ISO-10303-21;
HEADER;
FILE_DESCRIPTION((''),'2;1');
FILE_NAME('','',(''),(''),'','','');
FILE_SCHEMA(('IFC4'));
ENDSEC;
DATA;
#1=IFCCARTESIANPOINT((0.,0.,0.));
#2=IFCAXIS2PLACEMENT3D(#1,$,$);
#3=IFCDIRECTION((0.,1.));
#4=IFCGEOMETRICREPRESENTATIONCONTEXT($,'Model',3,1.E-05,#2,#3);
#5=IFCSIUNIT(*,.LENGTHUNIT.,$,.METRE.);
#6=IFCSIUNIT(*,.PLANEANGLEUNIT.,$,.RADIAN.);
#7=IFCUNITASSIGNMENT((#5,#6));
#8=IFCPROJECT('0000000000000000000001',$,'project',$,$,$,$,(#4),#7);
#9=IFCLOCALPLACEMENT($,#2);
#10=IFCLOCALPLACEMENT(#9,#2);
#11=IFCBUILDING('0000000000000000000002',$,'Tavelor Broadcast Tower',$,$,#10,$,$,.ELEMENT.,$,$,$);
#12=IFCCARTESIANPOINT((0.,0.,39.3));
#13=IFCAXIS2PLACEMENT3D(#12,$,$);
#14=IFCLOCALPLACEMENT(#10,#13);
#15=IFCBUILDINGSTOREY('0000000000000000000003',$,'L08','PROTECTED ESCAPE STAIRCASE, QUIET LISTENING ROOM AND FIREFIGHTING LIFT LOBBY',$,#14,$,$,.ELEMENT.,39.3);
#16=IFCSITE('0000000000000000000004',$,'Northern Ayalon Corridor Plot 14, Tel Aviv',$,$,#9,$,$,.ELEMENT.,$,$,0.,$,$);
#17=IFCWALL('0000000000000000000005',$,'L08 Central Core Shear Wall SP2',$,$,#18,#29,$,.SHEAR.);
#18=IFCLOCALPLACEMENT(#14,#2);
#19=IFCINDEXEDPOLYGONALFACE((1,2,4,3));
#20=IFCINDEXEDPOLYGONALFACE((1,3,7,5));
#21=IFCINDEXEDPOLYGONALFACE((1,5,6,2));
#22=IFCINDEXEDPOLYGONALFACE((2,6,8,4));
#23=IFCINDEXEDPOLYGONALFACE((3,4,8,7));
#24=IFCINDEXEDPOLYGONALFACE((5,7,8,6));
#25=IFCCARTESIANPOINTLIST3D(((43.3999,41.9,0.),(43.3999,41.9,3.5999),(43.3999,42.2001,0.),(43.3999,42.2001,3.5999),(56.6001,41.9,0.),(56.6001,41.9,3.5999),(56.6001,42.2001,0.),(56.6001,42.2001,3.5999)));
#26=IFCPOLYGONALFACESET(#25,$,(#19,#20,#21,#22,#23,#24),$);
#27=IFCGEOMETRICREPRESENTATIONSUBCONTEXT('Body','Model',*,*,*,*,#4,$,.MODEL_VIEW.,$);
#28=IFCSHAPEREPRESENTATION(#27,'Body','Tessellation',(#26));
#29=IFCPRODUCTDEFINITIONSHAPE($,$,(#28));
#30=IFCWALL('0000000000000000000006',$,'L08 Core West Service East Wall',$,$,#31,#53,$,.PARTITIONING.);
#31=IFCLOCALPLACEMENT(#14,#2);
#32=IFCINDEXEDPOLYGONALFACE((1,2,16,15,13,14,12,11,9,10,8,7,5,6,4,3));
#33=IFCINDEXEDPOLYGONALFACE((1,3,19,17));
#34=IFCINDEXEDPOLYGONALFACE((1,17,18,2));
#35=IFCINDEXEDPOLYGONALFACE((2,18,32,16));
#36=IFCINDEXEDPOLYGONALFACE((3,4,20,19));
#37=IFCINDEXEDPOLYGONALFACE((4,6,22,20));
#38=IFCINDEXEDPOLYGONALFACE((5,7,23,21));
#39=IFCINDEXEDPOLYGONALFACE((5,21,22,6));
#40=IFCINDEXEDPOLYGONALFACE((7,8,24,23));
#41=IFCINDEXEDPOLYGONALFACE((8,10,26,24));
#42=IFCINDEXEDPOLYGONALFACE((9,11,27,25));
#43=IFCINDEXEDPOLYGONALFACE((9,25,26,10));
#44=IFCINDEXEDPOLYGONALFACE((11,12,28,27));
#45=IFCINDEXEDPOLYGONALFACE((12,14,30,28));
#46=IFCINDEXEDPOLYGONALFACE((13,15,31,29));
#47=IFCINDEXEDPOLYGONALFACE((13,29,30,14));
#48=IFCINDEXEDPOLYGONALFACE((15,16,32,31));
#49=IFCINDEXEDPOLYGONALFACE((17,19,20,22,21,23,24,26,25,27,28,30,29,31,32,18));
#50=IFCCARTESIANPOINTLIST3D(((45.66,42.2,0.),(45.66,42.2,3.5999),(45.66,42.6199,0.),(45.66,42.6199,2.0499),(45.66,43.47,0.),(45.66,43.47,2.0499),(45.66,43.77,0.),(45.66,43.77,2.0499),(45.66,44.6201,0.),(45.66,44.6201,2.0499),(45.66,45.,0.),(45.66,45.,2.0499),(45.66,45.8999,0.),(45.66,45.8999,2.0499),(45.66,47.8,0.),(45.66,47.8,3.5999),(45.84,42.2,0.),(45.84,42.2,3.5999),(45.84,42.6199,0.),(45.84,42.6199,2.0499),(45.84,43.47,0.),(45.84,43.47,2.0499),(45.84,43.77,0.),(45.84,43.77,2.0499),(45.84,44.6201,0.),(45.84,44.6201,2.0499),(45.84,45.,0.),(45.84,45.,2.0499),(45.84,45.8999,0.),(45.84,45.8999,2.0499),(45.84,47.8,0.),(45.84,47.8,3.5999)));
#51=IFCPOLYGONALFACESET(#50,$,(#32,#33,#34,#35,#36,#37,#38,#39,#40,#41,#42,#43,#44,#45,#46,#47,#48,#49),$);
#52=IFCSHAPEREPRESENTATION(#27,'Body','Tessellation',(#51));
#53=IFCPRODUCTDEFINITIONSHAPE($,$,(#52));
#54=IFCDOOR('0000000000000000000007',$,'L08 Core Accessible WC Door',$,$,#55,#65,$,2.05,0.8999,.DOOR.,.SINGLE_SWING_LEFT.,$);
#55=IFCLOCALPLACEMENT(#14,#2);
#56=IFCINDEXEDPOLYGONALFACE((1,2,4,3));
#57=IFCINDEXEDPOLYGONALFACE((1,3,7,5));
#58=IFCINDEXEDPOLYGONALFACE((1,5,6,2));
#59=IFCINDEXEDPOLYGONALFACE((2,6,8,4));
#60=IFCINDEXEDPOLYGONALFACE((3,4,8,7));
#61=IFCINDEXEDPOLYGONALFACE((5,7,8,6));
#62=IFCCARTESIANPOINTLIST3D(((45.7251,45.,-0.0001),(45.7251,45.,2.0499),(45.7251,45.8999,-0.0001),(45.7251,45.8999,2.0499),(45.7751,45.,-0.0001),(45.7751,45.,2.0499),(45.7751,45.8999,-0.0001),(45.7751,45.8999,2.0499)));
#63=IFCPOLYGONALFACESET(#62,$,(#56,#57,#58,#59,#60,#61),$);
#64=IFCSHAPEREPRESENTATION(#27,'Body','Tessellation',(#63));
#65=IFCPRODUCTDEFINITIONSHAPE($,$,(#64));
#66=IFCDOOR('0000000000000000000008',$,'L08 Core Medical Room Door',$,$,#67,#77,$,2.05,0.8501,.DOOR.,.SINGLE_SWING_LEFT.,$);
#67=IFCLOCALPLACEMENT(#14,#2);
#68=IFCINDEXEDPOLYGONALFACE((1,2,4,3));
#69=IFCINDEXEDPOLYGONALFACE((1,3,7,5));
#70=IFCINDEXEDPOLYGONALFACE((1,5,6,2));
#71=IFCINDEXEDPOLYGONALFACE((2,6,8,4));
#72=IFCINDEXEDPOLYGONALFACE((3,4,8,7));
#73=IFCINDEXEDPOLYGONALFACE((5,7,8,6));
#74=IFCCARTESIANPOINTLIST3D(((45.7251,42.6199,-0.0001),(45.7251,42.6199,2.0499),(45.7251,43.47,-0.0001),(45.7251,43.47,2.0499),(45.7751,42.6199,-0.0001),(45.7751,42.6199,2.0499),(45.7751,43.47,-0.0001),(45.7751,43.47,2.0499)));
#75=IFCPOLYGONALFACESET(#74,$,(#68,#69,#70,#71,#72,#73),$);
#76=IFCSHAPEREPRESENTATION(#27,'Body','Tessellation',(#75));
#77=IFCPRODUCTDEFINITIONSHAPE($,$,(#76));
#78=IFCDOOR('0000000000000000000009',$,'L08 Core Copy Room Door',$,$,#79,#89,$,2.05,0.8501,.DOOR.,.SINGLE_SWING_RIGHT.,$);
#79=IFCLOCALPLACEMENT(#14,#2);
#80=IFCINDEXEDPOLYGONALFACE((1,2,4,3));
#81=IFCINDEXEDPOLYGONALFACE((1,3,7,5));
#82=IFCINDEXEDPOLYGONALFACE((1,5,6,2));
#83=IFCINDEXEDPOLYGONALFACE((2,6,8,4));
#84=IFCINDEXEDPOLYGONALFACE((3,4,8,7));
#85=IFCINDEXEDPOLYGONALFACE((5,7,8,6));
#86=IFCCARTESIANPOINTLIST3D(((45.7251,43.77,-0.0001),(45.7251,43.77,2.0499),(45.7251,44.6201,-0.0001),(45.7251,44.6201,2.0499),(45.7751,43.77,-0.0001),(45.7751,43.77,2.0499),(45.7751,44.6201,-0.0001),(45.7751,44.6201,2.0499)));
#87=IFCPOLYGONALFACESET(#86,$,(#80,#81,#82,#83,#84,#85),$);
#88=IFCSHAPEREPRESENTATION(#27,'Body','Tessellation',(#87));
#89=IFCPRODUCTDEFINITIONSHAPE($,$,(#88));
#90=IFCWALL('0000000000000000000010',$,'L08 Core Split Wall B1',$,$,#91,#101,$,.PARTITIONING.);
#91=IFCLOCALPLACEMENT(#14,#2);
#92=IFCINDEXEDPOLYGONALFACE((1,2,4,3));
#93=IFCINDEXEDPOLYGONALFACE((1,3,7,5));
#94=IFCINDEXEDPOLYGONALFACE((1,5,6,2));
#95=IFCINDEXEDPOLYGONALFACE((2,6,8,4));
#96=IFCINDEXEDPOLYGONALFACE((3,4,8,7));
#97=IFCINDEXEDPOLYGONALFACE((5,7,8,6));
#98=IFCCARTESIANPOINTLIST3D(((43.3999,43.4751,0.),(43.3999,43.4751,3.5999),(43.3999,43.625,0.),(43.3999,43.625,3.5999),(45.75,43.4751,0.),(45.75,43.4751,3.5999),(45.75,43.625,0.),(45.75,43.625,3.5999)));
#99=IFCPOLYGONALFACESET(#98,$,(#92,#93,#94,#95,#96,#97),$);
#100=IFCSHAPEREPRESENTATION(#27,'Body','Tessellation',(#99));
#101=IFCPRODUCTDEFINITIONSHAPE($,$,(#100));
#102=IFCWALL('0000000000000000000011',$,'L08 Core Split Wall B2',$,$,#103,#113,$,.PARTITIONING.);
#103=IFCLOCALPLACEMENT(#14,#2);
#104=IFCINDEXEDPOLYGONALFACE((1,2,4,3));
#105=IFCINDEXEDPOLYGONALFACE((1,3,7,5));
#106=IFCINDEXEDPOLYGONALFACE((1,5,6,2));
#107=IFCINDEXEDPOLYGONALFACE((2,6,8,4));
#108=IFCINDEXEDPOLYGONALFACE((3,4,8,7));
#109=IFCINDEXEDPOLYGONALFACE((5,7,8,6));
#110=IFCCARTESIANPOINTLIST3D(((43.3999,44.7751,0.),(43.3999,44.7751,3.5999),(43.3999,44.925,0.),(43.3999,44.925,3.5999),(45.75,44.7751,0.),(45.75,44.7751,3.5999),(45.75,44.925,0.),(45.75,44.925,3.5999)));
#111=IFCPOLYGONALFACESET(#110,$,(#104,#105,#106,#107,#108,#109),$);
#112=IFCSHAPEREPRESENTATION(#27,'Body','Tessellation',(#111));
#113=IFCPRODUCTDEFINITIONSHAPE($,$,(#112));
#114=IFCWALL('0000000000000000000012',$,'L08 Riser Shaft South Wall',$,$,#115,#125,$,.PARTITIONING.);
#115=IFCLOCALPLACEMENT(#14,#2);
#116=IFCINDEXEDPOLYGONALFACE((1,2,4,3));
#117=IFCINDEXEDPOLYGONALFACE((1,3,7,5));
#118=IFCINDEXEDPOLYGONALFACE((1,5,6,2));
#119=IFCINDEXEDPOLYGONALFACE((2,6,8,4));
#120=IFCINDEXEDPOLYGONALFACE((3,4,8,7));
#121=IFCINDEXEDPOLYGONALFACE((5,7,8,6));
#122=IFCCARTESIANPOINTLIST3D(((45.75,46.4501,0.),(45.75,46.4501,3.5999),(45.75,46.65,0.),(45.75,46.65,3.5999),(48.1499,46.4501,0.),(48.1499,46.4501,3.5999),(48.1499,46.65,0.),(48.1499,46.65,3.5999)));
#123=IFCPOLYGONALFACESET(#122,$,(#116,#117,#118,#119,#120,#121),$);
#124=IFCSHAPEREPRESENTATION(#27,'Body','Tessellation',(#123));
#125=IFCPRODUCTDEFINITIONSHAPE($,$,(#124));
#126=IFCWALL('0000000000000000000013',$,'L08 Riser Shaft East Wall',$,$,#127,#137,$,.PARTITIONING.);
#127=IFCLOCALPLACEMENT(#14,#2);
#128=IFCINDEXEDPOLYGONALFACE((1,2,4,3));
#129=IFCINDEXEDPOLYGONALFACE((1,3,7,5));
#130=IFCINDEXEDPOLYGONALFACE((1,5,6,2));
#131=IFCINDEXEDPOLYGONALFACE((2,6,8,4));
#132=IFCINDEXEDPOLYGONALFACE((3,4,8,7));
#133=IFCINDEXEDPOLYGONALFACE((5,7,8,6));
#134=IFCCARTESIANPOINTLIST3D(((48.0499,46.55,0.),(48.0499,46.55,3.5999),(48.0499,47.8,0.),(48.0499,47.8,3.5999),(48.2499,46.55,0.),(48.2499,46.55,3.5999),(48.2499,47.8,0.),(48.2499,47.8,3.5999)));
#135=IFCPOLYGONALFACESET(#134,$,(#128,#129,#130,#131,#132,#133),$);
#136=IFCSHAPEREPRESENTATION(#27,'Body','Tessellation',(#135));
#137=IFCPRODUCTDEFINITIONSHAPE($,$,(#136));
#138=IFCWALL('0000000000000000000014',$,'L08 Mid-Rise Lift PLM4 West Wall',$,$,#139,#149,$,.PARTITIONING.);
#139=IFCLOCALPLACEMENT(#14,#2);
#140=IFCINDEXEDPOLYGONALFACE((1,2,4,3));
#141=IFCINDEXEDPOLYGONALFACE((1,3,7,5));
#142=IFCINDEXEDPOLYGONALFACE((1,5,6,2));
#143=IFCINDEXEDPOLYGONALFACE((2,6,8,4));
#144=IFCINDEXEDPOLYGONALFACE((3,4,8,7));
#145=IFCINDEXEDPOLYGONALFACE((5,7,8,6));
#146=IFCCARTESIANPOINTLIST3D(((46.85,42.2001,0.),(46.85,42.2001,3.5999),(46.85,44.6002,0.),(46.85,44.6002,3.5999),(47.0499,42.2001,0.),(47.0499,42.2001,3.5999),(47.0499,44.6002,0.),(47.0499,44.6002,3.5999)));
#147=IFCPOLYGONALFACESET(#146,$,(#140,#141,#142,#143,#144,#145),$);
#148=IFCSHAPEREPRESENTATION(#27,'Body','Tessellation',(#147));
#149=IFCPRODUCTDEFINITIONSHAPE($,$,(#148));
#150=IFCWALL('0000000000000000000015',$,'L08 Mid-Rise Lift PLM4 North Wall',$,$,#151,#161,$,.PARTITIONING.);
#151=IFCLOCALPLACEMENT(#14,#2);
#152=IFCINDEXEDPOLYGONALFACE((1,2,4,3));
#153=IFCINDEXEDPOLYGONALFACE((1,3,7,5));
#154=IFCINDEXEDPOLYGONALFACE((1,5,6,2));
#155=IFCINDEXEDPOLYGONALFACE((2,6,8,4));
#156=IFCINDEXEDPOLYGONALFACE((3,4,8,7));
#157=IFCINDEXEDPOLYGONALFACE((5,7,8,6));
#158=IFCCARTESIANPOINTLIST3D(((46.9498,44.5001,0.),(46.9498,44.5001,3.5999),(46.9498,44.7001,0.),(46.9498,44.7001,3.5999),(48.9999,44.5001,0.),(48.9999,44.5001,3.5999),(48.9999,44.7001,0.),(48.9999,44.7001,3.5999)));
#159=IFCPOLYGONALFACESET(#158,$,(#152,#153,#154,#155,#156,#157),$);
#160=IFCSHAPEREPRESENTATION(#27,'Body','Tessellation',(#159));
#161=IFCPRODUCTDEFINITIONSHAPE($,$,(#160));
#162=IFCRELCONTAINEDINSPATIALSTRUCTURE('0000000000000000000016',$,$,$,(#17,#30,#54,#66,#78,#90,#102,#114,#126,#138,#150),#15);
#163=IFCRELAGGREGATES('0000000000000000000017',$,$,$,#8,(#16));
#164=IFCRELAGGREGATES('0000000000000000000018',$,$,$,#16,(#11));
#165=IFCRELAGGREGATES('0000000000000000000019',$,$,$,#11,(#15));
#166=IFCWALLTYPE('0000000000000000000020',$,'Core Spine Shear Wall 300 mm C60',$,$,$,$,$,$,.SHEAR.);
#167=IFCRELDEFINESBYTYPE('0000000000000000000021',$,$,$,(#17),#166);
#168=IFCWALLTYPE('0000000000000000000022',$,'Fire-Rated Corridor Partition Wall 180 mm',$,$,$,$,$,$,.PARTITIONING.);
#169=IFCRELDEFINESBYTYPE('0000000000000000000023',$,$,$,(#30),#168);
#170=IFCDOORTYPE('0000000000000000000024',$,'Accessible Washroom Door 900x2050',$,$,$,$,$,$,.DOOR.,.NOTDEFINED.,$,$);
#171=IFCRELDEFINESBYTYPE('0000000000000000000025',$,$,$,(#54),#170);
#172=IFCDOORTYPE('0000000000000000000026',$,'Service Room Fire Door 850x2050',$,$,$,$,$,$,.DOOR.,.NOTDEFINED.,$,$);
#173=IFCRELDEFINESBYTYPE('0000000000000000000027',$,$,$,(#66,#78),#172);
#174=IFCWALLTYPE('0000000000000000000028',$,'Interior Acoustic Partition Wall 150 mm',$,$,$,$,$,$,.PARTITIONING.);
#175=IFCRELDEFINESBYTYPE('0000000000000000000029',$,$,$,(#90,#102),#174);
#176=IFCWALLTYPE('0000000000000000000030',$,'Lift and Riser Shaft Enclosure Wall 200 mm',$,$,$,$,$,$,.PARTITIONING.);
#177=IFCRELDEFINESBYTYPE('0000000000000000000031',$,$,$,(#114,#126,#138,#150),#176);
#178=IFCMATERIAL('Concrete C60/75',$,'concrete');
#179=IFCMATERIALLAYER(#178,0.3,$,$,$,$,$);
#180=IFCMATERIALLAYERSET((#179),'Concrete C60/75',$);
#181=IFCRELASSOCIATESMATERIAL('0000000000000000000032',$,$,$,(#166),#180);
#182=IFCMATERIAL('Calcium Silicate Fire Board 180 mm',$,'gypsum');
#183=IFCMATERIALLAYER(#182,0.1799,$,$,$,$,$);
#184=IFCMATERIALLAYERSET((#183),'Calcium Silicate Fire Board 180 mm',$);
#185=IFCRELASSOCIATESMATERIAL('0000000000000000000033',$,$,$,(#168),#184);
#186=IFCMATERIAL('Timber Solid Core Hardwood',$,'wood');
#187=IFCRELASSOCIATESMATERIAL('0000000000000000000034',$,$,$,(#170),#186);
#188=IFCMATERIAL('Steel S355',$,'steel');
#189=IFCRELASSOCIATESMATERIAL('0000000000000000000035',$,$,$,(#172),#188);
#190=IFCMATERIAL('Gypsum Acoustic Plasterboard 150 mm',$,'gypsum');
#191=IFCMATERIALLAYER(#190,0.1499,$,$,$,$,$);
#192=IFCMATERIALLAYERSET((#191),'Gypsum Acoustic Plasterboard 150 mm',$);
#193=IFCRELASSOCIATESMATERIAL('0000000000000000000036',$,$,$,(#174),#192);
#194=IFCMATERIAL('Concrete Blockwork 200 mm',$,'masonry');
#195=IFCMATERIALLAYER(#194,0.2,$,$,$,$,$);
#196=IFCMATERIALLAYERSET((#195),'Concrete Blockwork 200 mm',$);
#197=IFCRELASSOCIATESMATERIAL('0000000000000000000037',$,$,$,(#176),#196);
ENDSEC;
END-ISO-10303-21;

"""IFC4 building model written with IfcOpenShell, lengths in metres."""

from ifc_helpers import new_model, si_unit, direction, frame, frame_2d, origin, place, context, subcontext, project, spatial, rectangle, extrude, material, layer, layer_set, type_object, element, fill, save


model = new_model("IFC4")

# Units and contexts
model_context = context("Model", 3, precision=1e-05, world=origin(), true_north=direction((0.0, 1.0)))
body_context = subcontext(model_context, "Body", "Model", "MODEL_VIEW")
ifc_project = project(units=[si_unit("LENGTHUNIT", "METRE"), si_unit("PLANEANGLEUNIT", "RADIAN")], contexts=[model_context])

# Site, building, storey
site_placement = place(None, origin())
site = spatial("IfcSite", under=ifc_project, at=site_placement, Name="Northern Ayalon Corridor Plot 14, Tel Aviv", CompositionType="ELEMENT", RefElevation=0.0)
building_placement = place(site_placement, origin())
building = spatial("IfcBuilding", under=site, at=building_placement, Name="Tavelor Broadcast Tower", CompositionType="ELEMENT")
storey_placement = place(building_placement, frame((0.0, 0.0, 39.3)))
storey = spatial("IfcBuildingStorey", under=building, at=storey_placement, Name="L08", Description="PROTECTED ESCAPE STAIRCASE, QUIET LISTENING ROOM AND FIREFIGHTING LIFT LOBBY", CompositionType="ELEMENT", Elevation=39.3)

# Shared definitions
ifc_material_1 = material(Name="Concrete C60/75", Category="concrete")

# Shared definitions
ifc_material_2 = material(Name="Steel S355", Category="steel")

# Shared definitions
ifc_layer_1 = layer(ifc_material_1, 0.3)
ifc_layer_set_1 = layer_set([ifc_layer_1], Name="Concrete C60/75")
wall_type_1 = type_object("IfcWallType", Name="Core Spine Shear Wall 300 mm C60", PredefinedType="SHEAR", material=ifc_layer_set_1)

# Wall
wall_1_placement = place(storey_placement, frame((43.3999, 42.05, 0.0), z_axis=(0.0, 0.0, 1.0), x_axis=(1.0, 0.0, 0.0)))
element("IfcWall", 1, at=wall_1_placement, inside=storey, type_object=wall_type_1, Name="L08 Central Core Shear Wall SP2", PredefinedType="SHEAR", context=body_context, shape_type="SweptSolid", body=[
    extrude(rectangle(XDim=13.2002, YDim=0.3, at=frame_2d((6.6001, 0.0))), origin(), (0.0, 0.0, 1.0), 3.5999),
])

# Wall, openings, doors
ifc_material_3 = material(Name="Calcium Silicate Fire Board 180 mm", Category="gypsum")
ifc_layer_2 = layer(ifc_material_3, 0.1799)
ifc_layer_set_2 = layer_set([ifc_layer_2], Name="Calcium Silicate Fire Board 180 mm")
wall_type_2 = type_object("IfcWallType", Name="Fire-Rated Corridor Partition Wall 180 mm", PredefinedType="PARTITIONING", material=ifc_layer_set_2)
wall_2_placement = place(storey_placement, frame((45.75, 42.2, 0.0), z_axis=(0.0, 0.0, 1.0), x_axis=(0.0, 1.0, 0.0)))
wall_2 = element("IfcWall", 2, at=wall_2_placement, inside=storey, type_object=wall_type_2, Name="L08 Core West Service East Wall", PredefinedType="PARTITIONING", context=body_context, shape_type="SweptSolid", body=[
    extrude(rectangle(XDim=5.6001, YDim=0.1799, at=frame_2d((2.8, 0.0))), origin(), (0.0, 0.0, 1.0), 3.5999),
])
opening_1_placement = place(wall_2_placement, frame((0.4199, 0.0, 0.0)))
opening_1 = element("IfcOpeningElement", 3, at=opening_1_placement, cuts=wall_2, PredefinedType="OPENING", context=body_context, shape_type="SweptSolid", body=[
    extrude(rectangle(XDim=0.8501, YDim=2.05, at=frame_2d((0.425, 1.0249))), frame((0.0, 0.1001, 0.0), z_axis=(0.0, -1.0, 0.0), x_axis=(1.0, 0.0, 0.0)), (0.0, 0.0, 1.0), 0.2),
])
opening_2_placement = place(wall_2_placement, frame((1.5701, 0.0, 0.0)))
opening_2 = element("IfcOpeningElement", 4, at=opening_2_placement, cuts=wall_2, PredefinedType="OPENING", context=body_context, shape_type="SweptSolid", body=[
    extrude(rectangle(XDim=0.8501, YDim=2.05, at=frame_2d((0.425, 1.0249))), frame((0.0, 0.1001, 0.0), z_axis=(0.0, -1.0, 0.0), x_axis=(1.0, 0.0, 0.0)), (0.0, 0.0, 1.0), 0.2),
])
opening_3_placement = place(wall_2_placement, frame((2.8, 0.0, 0.0)))
opening_3 = element("IfcOpeningElement", 5, at=opening_3_placement, cuts=wall_2, PredefinedType="OPENING", context=body_context, shape_type="SweptSolid", body=[
    extrude(rectangle(XDim=0.8999, YDim=2.05, at=frame_2d((0.45, 1.0249))), frame((0.0, 0.1001, 0.0), z_axis=(0.0, -1.0, 0.0), x_axis=(1.0, 0.0, 0.0)), (0.0, 0.0, 1.0), 0.2),
])
ifc_material_4 = material(Name="Timber Solid Core Hardwood", Category="wood")
door_type_1 = type_object("IfcDoorType", Name="Accessible Washroom Door 900x2050", OperationType="NOTDEFINED", PredefinedType="DOOR", material=ifc_material_4)
door_1_placement = place(opening_3_placement, origin())
door_1 = element("IfcDoor", 6, at=door_1_placement, inside=storey, type_object=door_type_1, Name="L08 Core Accessible WC Door", OperationType="SINGLE_SWING_LEFT", OverallHeight=2.05, OverallWidth=0.8999, PredefinedType="DOOR", context=body_context, shape_type="SweptSolid", body=[
    extrude(rectangle(XDim=0.8999, YDim=2.05, at=frame_2d((0.45, 1.0249))), frame((0.0, 0.0249, 0.0), z_axis=(0.0, -1.0, 0.0), x_axis=(1.0, 0.0, 0.0)), (0.0, 0.0, 1.0), 0.05),
])
fill(opening_3, door_1)
door_type_2 = type_object("IfcDoorType", Name="Service Room Fire Door 850x2050", OperationType="NOTDEFINED", PredefinedType="DOOR", material=ifc_material_2)
door_2_placement = place(opening_1_placement, origin())
door_2 = element("IfcDoor", 7, at=door_2_placement, inside=storey, type_object=door_type_2, Name="L08 Core Medical Room Door", OperationType="SINGLE_SWING_LEFT", OverallHeight=2.05, OverallWidth=0.8501, PredefinedType="DOOR", context=body_context, shape_type="SweptSolid", body=[
    extrude(rectangle(XDim=0.8501, YDim=2.05, at=frame_2d((0.425, 1.0249))), frame((0.0, 0.0249, 0.0), z_axis=(0.0, -1.0, 0.0), x_axis=(1.0, 0.0, 0.0)), (0.0, 0.0, 1.0), 0.05),
])
fill(opening_1, door_2)
door_3_placement = place(opening_2_placement, origin())
door_3 = element("IfcDoor", 8, at=door_3_placement, inside=storey, type_object=door_type_2, Name="L08 Core Copy Room Door", OperationType="SINGLE_SWING_RIGHT", OverallHeight=2.05, OverallWidth=0.8501, PredefinedType="DOOR", context=body_context, shape_type="SweptSolid", body=[
    extrude(rectangle(XDim=0.8501, YDim=2.05, at=frame_2d((0.425, 1.0249))), frame((0.0, 0.0249, 0.0), z_axis=(0.0, -1.0, 0.0), x_axis=(1.0, 0.0, 0.0)), (0.0, 0.0, 1.0), 0.05),
])
fill(opening_2, door_3)

# Walls
ifc_material_5 = material(Name="Gypsum Acoustic Plasterboard 150 mm", Category="gypsum")
ifc_layer_3 = layer(ifc_material_5, 0.1499)
ifc_layer_set_3 = layer_set([ifc_layer_3], Name="Gypsum Acoustic Plasterboard 150 mm")
wall_type_3 = type_object("IfcWallType", Name="Interior Acoustic Partition Wall 150 mm", PredefinedType="PARTITIONING", material=ifc_layer_set_3)
for number, where, z_axis, x_axis, name in (
    (9, (43.3999, 43.55, 0.0), (0.0, 0.0, 1.0), (1.0, 0.0, 0.0), "L08 Core Split Wall B1"),
    (10, (43.3999, 44.8501, 0.0), (0.0, 0.0, 1.0), (1.0, 0.0, 0.0), "L08 Core Split Wall B2"),
):
    element("IfcWall", number, at=place(storey_placement, frame(where, z_axis=z_axis, x_axis=x_axis)), inside=storey, type_object=wall_type_3, Name=name, PredefinedType="PARTITIONING", context=body_context, shape_type="SweptSolid", body=[
        extrude(rectangle(XDim=2.3501, YDim=0.1499, at=frame_2d((1.175, 0.0))), origin(), (0.0, 0.0, 1.0), 3.5999),
    ])
ifc_material_6 = material(Name="Concrete Blockwork 200 mm", Category="masonry")
ifc_layer_4 = layer(ifc_material_6, 0.2)
ifc_layer_set_4 = layer_set([ifc_layer_4], Name="Concrete Blockwork 200 mm")
wall_type_4 = type_object("IfcWallType", Name="Lift and Riser Shaft Enclosure Wall 200 mm", PredefinedType="PARTITIONING", material=ifc_layer_set_4)
wall_3_placement = place(storey_placement, frame((45.75, 46.55, 0.0), z_axis=(0.0, 0.0, 1.0), x_axis=(1.0, 0.0, 0.0)))
element("IfcWall", 11, at=wall_3_placement, inside=storey, type_object=wall_type_4, Name="L08 Riser Shaft South Wall", PredefinedType="PARTITIONING", context=body_context, shape_type="SweptSolid", body=[
    extrude(rectangle(XDim=2.3999, YDim=0.2, at=frame_2d((1.2, 0.0))), origin(), (0.0, 0.0, 1.0), 3.5999),
])
wall_4_placement = place(storey_placement, frame((48.1499, 46.55, 0.0), z_axis=(0.0, 0.0, 1.0), x_axis=(0.0, 1.0, 0.0)))
element("IfcWall", 12, at=wall_4_placement, inside=storey, type_object=wall_type_4, Name="L08 Riser Shaft East Wall", PredefinedType="PARTITIONING", context=body_context, shape_type="SweptSolid", body=[
    extrude(rectangle(XDim=1.25, YDim=0.2, at=frame_2d((0.625, 0.0))), origin(), (0.0, 0.0, 1.0), 3.5999),
])
wall_5_placement = place(storey_placement, frame((46.95, 42.2, 0.0), z_axis=(0.0, 0.0, 1.0), x_axis=(0.0, 1.0, 0.0)))
element("IfcWall", 13, at=wall_5_placement, inside=storey, type_object=wall_type_4, Name="L08 Mid-Rise Lift PLM4 West Wall", PredefinedType="PARTITIONING", context=body_context, shape_type="SweptSolid", body=[
    extrude(rectangle(XDim=2.4001, YDim=0.2, at=frame_2d((1.2002, 0.0))), origin(), (0.0, 0.0, 1.0), 3.5999),
])
wall_6_placement = place(storey_placement, frame((46.95, 44.6001, 0.0), z_axis=(0.0, 0.0, 1.0), x_axis=(1.0, 0.0, 0.0)))
element("IfcWall", 14, at=wall_6_placement, inside=storey, type_object=wall_type_4, Name="L08 Mid-Rise Lift PLM4 North Wall", PredefinedType="PARTITIONING", context=body_context, shape_type="SweptSolid", body=[
    extrude(rectangle(XDim=2.05, YDim=0.2, at=frame_2d((1.0249, 0.0))), origin(), (0.0, 0.0, 1.0), 3.5999),
])

save(model, "model.ifc")
